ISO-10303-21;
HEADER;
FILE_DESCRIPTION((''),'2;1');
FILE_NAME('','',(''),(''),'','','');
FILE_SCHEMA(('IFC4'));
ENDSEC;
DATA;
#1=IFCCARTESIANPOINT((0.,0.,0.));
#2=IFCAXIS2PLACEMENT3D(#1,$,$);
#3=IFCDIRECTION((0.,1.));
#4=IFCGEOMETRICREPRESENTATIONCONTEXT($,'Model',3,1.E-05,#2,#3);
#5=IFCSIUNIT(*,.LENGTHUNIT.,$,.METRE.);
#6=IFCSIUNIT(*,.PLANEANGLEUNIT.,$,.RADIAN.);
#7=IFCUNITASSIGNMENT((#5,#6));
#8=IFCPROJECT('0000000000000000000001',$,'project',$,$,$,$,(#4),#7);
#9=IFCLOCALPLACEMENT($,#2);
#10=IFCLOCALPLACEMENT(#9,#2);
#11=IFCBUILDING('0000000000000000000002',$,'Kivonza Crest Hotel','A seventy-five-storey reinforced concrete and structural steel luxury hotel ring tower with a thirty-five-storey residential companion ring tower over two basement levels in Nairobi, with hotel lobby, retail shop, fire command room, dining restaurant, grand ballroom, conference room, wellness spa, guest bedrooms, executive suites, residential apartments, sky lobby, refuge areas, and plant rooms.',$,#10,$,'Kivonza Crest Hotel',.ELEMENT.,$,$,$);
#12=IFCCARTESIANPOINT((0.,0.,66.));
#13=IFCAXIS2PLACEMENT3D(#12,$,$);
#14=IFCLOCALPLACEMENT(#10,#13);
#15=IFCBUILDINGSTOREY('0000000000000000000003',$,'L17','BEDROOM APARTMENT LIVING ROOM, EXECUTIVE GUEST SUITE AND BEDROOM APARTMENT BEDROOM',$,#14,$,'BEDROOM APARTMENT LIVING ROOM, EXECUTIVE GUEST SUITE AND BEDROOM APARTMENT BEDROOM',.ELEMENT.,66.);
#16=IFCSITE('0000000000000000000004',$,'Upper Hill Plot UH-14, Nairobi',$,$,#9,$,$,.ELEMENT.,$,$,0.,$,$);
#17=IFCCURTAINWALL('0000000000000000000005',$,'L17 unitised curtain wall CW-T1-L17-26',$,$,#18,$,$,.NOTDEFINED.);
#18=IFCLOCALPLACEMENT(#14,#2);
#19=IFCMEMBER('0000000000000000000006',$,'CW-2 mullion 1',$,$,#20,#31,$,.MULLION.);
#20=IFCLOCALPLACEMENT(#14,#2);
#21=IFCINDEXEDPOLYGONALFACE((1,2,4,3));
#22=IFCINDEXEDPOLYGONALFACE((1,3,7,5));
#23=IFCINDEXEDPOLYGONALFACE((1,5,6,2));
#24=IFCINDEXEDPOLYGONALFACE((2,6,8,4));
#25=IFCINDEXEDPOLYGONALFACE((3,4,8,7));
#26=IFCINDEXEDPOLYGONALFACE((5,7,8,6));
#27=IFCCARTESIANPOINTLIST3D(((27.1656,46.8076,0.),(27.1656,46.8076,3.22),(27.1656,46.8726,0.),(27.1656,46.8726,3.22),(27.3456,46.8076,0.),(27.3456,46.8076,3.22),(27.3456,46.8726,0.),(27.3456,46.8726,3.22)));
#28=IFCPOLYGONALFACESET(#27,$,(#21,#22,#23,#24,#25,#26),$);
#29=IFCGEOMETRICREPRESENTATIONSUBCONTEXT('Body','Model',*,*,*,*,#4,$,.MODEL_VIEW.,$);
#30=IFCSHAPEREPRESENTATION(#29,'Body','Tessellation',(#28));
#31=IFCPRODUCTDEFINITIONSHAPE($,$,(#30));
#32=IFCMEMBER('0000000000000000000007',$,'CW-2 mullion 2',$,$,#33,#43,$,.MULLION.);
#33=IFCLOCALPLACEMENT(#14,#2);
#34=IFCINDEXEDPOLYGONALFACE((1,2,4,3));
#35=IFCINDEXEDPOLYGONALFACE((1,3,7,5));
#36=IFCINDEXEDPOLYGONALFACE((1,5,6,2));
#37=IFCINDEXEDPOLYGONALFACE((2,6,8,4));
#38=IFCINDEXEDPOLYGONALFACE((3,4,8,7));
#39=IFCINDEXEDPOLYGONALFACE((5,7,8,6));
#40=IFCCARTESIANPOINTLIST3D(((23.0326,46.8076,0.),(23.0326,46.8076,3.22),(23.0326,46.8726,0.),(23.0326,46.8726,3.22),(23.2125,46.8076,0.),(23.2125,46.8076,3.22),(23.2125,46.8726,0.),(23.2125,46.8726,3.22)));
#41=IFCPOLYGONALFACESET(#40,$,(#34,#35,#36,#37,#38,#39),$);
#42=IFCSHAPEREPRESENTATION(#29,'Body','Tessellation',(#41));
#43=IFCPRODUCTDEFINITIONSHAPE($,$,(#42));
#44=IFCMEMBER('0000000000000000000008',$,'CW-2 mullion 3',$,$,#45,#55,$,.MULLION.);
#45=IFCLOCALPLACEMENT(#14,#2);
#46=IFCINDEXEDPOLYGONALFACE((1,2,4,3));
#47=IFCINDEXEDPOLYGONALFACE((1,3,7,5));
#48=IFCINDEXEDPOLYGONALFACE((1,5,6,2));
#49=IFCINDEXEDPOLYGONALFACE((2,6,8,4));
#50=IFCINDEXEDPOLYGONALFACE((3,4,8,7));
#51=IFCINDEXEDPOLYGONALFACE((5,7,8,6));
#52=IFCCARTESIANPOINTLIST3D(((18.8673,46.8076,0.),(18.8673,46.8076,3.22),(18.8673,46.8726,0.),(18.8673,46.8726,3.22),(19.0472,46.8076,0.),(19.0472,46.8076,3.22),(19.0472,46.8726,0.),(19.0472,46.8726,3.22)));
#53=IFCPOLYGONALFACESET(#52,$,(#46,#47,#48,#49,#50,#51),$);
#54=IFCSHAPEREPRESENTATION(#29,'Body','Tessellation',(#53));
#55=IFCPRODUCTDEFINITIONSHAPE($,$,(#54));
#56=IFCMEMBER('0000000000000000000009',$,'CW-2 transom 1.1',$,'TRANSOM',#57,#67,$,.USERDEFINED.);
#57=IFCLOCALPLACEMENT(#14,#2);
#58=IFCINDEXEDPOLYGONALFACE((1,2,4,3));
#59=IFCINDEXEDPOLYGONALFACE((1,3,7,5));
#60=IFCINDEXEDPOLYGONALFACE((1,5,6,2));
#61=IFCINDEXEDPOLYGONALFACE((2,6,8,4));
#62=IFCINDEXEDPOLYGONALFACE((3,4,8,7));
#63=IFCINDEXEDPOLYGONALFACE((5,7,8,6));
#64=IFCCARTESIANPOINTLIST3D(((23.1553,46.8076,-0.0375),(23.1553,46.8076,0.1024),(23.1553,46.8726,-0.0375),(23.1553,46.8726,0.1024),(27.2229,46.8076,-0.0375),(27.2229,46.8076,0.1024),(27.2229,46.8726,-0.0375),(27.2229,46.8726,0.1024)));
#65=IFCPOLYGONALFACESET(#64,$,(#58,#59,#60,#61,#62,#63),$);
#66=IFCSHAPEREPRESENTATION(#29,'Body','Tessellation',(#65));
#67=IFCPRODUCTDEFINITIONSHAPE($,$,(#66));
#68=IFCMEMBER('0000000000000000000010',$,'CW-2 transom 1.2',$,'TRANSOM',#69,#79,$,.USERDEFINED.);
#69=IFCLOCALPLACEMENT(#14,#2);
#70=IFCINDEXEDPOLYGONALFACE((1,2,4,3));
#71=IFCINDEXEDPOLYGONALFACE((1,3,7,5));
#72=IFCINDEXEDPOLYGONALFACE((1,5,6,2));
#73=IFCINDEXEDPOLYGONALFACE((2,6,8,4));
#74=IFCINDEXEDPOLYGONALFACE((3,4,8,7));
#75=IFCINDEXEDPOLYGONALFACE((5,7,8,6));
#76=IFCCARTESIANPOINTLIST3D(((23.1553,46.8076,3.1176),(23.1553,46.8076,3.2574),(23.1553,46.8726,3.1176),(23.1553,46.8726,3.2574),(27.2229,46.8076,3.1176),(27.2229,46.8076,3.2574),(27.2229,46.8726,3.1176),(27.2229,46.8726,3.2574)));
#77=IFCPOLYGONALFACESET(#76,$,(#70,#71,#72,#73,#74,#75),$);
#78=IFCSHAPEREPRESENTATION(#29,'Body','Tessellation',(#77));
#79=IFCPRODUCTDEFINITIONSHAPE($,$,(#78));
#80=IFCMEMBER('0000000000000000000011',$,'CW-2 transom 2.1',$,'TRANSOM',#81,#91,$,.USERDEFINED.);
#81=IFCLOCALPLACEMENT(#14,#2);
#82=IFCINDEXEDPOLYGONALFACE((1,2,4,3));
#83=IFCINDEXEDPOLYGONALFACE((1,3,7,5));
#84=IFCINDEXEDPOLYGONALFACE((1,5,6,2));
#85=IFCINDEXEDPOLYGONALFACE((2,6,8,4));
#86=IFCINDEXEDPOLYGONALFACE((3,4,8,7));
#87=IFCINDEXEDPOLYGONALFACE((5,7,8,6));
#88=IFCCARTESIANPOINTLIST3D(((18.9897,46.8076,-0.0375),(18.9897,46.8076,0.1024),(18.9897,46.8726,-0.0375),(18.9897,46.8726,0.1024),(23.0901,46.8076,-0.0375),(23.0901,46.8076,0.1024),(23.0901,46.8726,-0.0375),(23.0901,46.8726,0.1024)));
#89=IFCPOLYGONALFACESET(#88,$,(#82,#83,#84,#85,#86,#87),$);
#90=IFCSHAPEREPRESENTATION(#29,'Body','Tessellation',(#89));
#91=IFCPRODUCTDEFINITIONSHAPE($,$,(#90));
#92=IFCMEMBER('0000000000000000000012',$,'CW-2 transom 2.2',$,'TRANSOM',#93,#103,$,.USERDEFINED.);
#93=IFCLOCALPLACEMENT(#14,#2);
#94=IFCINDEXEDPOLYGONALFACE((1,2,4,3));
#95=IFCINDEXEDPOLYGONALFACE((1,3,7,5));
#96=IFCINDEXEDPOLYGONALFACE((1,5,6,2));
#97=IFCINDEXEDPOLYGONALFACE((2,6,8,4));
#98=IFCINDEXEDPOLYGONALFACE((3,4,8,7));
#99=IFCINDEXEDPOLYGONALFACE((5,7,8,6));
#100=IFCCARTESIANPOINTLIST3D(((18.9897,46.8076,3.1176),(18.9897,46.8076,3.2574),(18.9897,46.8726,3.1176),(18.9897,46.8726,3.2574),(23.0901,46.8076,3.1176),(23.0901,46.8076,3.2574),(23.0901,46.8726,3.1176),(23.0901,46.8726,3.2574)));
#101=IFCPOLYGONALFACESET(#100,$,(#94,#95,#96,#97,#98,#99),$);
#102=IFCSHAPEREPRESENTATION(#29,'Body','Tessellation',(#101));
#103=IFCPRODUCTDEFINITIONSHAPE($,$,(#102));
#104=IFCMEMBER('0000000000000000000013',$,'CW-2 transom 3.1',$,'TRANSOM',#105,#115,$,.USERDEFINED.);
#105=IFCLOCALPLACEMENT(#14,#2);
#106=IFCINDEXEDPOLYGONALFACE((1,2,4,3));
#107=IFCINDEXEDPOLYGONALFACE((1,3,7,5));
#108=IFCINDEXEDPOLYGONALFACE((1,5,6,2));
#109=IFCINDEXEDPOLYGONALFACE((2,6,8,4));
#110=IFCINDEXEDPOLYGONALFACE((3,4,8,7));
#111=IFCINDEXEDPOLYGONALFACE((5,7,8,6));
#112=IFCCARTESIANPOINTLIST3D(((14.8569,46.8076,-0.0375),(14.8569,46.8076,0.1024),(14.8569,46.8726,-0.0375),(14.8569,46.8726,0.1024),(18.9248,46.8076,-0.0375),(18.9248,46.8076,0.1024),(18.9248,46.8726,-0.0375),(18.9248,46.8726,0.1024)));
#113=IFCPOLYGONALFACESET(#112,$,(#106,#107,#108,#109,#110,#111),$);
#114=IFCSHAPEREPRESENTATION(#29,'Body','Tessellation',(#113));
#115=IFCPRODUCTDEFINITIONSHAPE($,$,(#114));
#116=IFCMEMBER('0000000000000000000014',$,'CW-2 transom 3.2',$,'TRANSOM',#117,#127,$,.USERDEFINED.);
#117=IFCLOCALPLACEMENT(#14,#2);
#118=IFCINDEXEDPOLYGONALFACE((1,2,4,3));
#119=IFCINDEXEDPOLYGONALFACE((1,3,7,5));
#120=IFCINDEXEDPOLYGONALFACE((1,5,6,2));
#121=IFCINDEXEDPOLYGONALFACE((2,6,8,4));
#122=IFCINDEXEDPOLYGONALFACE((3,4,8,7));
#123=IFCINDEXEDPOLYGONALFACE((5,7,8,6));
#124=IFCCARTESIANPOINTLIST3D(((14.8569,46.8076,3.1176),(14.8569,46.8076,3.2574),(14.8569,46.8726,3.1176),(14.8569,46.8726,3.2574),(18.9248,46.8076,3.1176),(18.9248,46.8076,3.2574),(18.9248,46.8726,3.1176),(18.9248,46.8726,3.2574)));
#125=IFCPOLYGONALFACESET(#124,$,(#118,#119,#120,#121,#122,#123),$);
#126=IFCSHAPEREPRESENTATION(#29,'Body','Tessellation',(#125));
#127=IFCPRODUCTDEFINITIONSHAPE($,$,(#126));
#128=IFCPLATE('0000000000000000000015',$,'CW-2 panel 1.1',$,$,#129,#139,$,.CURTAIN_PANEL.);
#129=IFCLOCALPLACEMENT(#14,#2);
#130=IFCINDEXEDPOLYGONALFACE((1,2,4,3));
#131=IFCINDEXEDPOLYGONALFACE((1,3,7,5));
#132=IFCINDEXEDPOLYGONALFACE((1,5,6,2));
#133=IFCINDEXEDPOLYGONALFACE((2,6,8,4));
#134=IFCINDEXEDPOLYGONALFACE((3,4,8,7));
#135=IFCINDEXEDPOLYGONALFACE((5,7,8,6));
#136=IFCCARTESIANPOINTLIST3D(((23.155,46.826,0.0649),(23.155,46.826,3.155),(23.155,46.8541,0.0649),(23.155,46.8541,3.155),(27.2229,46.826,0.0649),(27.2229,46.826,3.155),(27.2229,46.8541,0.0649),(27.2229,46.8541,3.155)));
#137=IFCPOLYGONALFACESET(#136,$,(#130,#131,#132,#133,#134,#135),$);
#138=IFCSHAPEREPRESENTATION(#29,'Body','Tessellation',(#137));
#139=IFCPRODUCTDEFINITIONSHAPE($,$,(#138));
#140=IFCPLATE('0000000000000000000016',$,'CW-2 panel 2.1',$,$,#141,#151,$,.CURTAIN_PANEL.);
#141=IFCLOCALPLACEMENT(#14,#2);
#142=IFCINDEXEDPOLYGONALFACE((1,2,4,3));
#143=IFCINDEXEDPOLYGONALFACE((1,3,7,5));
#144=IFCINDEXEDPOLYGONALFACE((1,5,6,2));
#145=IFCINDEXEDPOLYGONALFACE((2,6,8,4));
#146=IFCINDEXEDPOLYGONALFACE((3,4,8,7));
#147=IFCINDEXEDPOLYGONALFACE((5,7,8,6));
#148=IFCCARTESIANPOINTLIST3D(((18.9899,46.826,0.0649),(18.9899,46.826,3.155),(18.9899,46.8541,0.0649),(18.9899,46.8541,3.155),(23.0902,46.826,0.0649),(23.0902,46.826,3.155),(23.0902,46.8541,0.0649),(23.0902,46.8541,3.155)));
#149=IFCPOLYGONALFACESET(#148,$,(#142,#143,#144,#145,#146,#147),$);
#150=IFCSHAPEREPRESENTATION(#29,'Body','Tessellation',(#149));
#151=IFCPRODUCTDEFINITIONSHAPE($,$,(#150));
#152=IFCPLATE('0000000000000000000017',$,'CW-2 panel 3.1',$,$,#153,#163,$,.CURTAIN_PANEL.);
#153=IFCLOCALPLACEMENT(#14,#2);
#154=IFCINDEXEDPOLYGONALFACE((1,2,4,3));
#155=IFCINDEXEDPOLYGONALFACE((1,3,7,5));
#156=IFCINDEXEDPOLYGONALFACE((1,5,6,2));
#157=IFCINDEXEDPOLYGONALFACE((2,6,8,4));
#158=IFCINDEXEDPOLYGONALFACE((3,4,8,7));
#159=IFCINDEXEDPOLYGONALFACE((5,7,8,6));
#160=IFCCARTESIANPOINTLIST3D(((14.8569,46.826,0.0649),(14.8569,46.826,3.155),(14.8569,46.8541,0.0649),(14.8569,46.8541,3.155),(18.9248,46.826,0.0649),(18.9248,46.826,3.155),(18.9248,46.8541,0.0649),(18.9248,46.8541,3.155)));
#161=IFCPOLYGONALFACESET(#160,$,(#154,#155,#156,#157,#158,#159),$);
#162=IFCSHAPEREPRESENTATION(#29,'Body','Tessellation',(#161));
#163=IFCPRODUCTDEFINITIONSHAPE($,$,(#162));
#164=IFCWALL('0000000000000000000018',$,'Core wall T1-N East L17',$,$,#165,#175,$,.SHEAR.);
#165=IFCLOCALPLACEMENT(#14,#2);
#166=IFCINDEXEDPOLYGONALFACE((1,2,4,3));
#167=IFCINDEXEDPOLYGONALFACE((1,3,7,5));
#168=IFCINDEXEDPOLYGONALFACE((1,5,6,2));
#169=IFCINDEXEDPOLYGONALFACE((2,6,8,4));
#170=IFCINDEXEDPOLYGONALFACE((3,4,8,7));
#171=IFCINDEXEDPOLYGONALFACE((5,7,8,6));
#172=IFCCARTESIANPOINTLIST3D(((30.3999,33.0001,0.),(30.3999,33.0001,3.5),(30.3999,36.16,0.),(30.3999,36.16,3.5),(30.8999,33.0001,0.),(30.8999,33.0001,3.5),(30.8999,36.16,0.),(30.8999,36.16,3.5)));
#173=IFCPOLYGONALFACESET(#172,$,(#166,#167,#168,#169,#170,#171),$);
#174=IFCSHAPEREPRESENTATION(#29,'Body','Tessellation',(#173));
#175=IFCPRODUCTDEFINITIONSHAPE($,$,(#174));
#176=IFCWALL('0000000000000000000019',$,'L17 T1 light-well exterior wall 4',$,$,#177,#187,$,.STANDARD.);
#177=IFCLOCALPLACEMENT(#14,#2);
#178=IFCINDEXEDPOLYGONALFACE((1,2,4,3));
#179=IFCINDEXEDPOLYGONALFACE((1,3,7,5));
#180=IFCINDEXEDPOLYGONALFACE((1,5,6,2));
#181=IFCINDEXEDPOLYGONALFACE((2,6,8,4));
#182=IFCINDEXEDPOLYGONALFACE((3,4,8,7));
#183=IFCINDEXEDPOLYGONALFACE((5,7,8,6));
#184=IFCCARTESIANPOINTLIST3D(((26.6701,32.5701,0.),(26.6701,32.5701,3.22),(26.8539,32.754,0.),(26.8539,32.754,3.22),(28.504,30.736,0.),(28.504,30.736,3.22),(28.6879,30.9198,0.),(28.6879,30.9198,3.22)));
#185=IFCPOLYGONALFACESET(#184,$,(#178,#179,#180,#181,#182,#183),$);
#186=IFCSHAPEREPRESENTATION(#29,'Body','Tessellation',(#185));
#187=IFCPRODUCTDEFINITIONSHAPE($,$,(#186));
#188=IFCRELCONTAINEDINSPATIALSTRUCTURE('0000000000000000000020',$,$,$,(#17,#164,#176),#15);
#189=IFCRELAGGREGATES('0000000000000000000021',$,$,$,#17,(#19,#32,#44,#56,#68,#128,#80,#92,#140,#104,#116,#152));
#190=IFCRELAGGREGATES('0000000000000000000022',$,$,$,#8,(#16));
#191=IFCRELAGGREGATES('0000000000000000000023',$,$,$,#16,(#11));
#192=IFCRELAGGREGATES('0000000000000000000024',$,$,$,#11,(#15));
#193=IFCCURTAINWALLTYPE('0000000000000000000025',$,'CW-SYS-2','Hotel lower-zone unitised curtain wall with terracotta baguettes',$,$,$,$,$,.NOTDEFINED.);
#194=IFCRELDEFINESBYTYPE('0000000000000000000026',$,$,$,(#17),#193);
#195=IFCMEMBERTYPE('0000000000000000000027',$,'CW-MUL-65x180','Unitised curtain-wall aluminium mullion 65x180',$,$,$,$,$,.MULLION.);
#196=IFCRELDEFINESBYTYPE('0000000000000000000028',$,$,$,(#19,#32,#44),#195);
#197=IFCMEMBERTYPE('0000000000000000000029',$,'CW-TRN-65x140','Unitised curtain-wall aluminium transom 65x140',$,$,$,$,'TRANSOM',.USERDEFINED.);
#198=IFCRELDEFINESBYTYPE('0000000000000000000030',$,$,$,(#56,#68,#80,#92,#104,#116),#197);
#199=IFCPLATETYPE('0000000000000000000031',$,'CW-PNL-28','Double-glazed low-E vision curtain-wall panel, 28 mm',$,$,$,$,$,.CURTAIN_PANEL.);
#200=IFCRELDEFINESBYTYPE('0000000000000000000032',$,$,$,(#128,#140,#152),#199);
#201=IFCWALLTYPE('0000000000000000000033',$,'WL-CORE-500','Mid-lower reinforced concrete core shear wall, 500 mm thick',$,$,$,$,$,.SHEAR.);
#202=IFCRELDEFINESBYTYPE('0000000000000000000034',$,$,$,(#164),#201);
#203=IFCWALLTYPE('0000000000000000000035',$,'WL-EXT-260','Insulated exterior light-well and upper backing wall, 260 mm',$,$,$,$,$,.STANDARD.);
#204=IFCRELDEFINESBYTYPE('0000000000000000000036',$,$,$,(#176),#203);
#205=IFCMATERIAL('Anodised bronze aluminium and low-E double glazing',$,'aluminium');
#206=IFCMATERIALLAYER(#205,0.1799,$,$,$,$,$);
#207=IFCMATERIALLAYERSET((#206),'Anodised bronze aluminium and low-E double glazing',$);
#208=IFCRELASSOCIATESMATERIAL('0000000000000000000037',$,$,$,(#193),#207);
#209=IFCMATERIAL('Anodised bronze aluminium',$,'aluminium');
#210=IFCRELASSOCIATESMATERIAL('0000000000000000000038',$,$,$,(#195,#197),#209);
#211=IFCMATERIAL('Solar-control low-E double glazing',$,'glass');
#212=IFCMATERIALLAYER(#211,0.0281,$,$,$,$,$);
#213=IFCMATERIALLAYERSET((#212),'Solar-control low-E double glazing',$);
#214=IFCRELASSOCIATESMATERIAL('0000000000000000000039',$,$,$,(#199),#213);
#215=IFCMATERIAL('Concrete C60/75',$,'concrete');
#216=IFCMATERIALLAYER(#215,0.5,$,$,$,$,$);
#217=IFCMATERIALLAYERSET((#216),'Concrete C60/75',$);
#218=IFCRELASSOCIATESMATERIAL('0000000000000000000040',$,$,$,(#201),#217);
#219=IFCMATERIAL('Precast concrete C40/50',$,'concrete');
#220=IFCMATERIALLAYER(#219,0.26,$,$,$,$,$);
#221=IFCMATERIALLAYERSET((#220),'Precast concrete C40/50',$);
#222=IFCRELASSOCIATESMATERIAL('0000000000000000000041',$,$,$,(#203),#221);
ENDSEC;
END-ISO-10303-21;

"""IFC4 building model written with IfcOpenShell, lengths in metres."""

from ifc_helpers import new_model, si_unit, direction, frame, frame_2d, origin, origin_2d, place, context, subcontext, project, spatial, rectangle, extrude, material, layer, layer_set, material_profile, profile_set, type_object, element, aggregate, save


model = new_model("IFC4")

# Units and contexts
model_context = context("Model", 3, precision=1e-05, world=origin(), true_north=direction((0.0, 1.0)))
body_context = subcontext(model_context, "Body", "Model", "MODEL_VIEW")
ifc_project = project(units=[si_unit("LENGTHUNIT", "METRE"), si_unit("PLANEANGLEUNIT", "RADIAN")], contexts=[model_context])

# Site, building, storey
site_placement = place(None, origin())
site = spatial("IfcSite", under=ifc_project, at=site_placement, Name="Upper Hill Plot UH-14, Nairobi", CompositionType="ELEMENT", RefElevation=0.0)
building_placement = place(site_placement, origin())
building = spatial("IfcBuilding", under=site, at=building_placement, Name="Kivonza Crest Hotel", Description="A seventy-five-storey reinforced concrete and structural steel luxury hotel ring tower with a thirty-five-storey residential companion ring tower over two basement levels in Nairobi, with hotel lobby, retail shop, fire command room, dining restaurant, grand ballroom, conference room, wellness spa, guest bedrooms, executive suites, residential apartments, sky lobby, refuge areas, and plant rooms.", LongName="Kivonza Crest Hotel", CompositionType="ELEMENT")
storey_placement = place(building_placement, frame((0.0, 0.0, 66.0)))
storey = spatial("IfcBuildingStorey", under=building, at=storey_placement, Name="L17", Description="BEDROOM APARTMENT LIVING ROOM, EXECUTIVE GUEST SUITE AND BEDROOM APARTMENT BEDROOM", LongName="BEDROOM APARTMENT LIVING ROOM, EXECUTIVE GUEST SUITE AND BEDROOM APARTMENT BEDROOM", CompositionType="ELEMENT", Elevation=66.0)

# Shared definitions
ifc_material_1 = material(Name="Concrete C60/75", Category="concrete")

# Curtain wall, members, plates
ifc_material_2 = material(Name="Anodised bronze aluminium and low-E double glazing", Category="aluminium")
ifc_layer_1 = layer(ifc_material_2, 0.1799)
ifc_layer_set_1 = layer_set([ifc_layer_1], Name="Anodised bronze aluminium and low-E double glazing")
curtain_wall_type = type_object("IfcCurtainWallType", Name="CW-SYS-2", Description="Hotel lower-zone unitised curtain wall with terracotta baguettes", PredefinedType="NOTDEFINED", material=ifc_layer_set_1)
curtain_wall_placement = place(storey_placement, origin())
curtain_wall = element("IfcCurtainWall", 1, at=curtain_wall_placement, inside=storey, type_object=curtain_wall_type, Name="L17 unitised curtain wall CW-T1-L17-26", PredefinedType="NOTDEFINED")
ifc_material_3 = material(Name="Anodised bronze aluminium", Category="aluminium")
ifc_material_profile_1 = material_profile(ifc_material_3, rectangle(XDim=0.0649, YDim=0.1799, at=origin_2d()), Name="CW-M 65x180")
ifc_profile_set_1 = profile_set([ifc_material_profile_1], Name="Anodised bronze aluminium")
member_type_1 = type_object("IfcMemberType", Name="CW-MUL-65x180", Description="Unitised curtain-wall aluminium mullion 65x180", PredefinedType="MULLION", material=ifc_profile_set_1)
member_1_placement = place(storey_placement, frame((27.2556, 46.8401, 0.0), z_axis=(0.0, 0.0, 1.0), x_axis=(0.0, -1.0, 0.0)))
member_1 = element("IfcMember", 2, at=member_1_placement, type_object=member_type_1, Name="CW-2 mullion 1", PredefinedType="MULLION", context=body_context, shape_type="SweptSolid", body=[
    extrude(rectangle(XDim=0.0649, YDim=0.1799, at=origin_2d()), origin(), (0.0, 0.0, 1.0), 3.22),
])
member_2_placement = place(storey_placement, frame((23.1226, 46.8401, 0.0), z_axis=(0.0, 0.0, 1.0), x_axis=(0.0, -1.0, 0.0)))
member_2 = element("IfcMember", 3, at=member_2_placement, type_object=member_type_1, Name="CW-2 mullion 2", PredefinedType="MULLION", context=body_context, shape_type="SweptSolid", body=[
    extrude(rectangle(XDim=0.0649, YDim=0.1799, at=origin_2d()), origin(), (0.0, 0.0, 1.0), 3.22),
])
member_3_placement = place(storey_placement, frame((18.9573, 46.8401, 0.0), z_axis=(0.0, 0.0, 1.0), x_axis=(0.0, -1.0, 0.0)))
member_3 = element("IfcMember", 4, at=member_3_placement, type_object=member_type_1, Name="CW-2 mullion 3", PredefinedType="MULLION", context=body_context, shape_type="SweptSolid", body=[
    extrude(rectangle(XDim=0.0649, YDim=0.1799, at=origin_2d()), origin(), (0.0, 0.0, 1.0), 3.22),
])
ifc_material_profile_2 = material_profile(ifc_material_3, rectangle(XDim=0.0649, YDim=0.1399, at=origin_2d()), Name="CW-T 65x140")
ifc_profile_set_2 = profile_set([ifc_material_profile_2], Name="Anodised bronze aluminium")
member_type_2 = type_object("IfcMemberType", Name="CW-TRN-65x140", Description="Unitised curtain-wall aluminium transom 65x140", ElementType="TRANSOM", PredefinedType="USERDEFINED", material=ifc_profile_set_2)
member_4_placement = place(storey_placement, frame((27.2229, 46.8401, 0.0325), z_axis=(-1.0, 0.0, 0.0), x_axis=(0.0, -1.0, 0.0)))
member_4 = element("IfcMember", 5, at=member_4_placement, type_object=member_type_2, Name="CW-2 transom 1.1", ObjectType="TRANSOM", PredefinedType="USERDEFINED", context=body_context, shape_type="SweptSolid", body=[
    extrude(rectangle(XDim=0.0649, YDim=0.1399, at=origin_2d()), origin(), (0.0, 0.0, 1.0), 4.0676),
])
member_5_placement = place(storey_placement, frame((27.2229, 46.8401, 3.1875), z_axis=(-1.0, 0.0, 0.0), x_axis=(0.0, -1.0, 0.0)))
member_5 = element("IfcMember", 6, at=member_5_placement, type_object=member_type_2, Name="CW-2 transom 1.2", ObjectType="TRANSOM", PredefinedType="USERDEFINED", context=body_context, shape_type="SweptSolid", body=[
    extrude(rectangle(XDim=0.0649, YDim=0.1399, at=origin_2d()), origin(), (0.0, 0.0, 1.0), 4.0676),
])
member_6_placement = place(storey_placement, frame((23.0901, 46.8401, 0.0325), z_axis=(-1.0, 0.0, 0.0), x_axis=(0.0, -1.0, 0.0)))
member_6 = element("IfcMember", 7, at=member_6_placement, type_object=member_type_2, Name="CW-2 transom 2.1", ObjectType="TRANSOM", PredefinedType="USERDEFINED", context=body_context, shape_type="SweptSolid", body=[
    extrude(rectangle(XDim=0.0649, YDim=0.1399, at=origin_2d()), origin(), (0.0, 0.0, 1.0), 4.1003),
])
member_7_placement = place(storey_placement, frame((23.0901, 46.8401, 3.1875), z_axis=(-1.0, 0.0, 0.0), x_axis=(0.0, -1.0, 0.0)))
member_7 = element("IfcMember", 8, at=member_7_placement, type_object=member_type_2, Name="CW-2 transom 2.2", ObjectType="TRANSOM", PredefinedType="USERDEFINED", context=body_context, shape_type="SweptSolid", body=[
    extrude(rectangle(XDim=0.0649, YDim=0.1399, at=origin_2d()), origin(), (0.0, 0.0, 1.0), 4.1003),
])
member_8_placement = place(storey_placement, frame((18.9248, 46.8401, 0.0325), z_axis=(-1.0, 0.0, 0.0), x_axis=(0.0, -1.0, 0.0)))
member_8 = element("IfcMember", 9, at=member_8_placement, type_object=member_type_2, Name="CW-2 transom 3.1", ObjectType="TRANSOM", PredefinedType="USERDEFINED", context=body_context, shape_type="SweptSolid", body=[
    extrude(rectangle(XDim=0.0649, YDim=0.1399, at=origin_2d()), origin(), (0.0, 0.0, 1.0), 4.0679),
])
member_9_placement = place(storey_placement, frame((18.9248, 46.8401, 3.1875), z_axis=(-1.0, 0.0, 0.0), x_axis=(0.0, -1.0, 0.0)))
member_9 = element("IfcMember", 10, at=member_9_placement, type_object=member_type_2, Name="CW-2 transom 3.2", ObjectType="TRANSOM", PredefinedType="USERDEFINED", context=body_context, shape_type="SweptSolid", body=[
    extrude(rectangle(XDim=0.0649, YDim=0.1399, at=origin_2d()), origin(), (0.0, 0.0, 1.0), 4.0679),
])
ifc_material_4 = material(Name="Solar-control low-E double glazing", Category="glass")
ifc_layer_2 = layer(ifc_material_4, 0.0281)
ifc_layer_set_2 = layer_set([ifc_layer_2], Name="Solar-control low-E double glazing")
plate_type = type_object("IfcPlateType", Name="CW-PNL-28", Description="Double-glazed low-E vision curtain-wall panel, 28 mm", PredefinedType="CURTAIN_PANEL", material=ifc_layer_set_2)
plate_1_placement = place(storey_placement, frame((25.189, 46.8401, 0.0649), z_axis=(0.0, 0.0, 1.0), x_axis=(-1.0, 0.0, 0.0)))
plate_1 = element("IfcPlate", 11, at=plate_1_placement, type_object=plate_type, Name="CW-2 panel 1.1", PredefinedType="CURTAIN_PANEL", context=body_context, shape_type="SweptSolid", body=[
    extrude(rectangle(XDim=4.0679, YDim=0.0281, at=origin_2d()), origin(), (0.0, 0.0, 1.0), 3.0901),
])
plate_2_placement = place(storey_placement, frame((21.04, 46.8401, 0.0649), z_axis=(0.0, 0.0, 1.0), x_axis=(-1.0, 0.0, 0.0)))
plate_2 = element("IfcPlate", 12, at=plate_2_placement, type_object=plate_type, Name="CW-2 panel 2.1", PredefinedType="CURTAIN_PANEL", context=body_context, shape_type="SweptSolid", body=[
    extrude(rectangle(XDim=4.1003, YDim=0.0281, at=origin_2d()), origin(), (0.0, 0.0, 1.0), 3.0901),
])
plate_3_placement = place(storey_placement, frame((16.8909, 46.8401, 0.0649), z_axis=(0.0, 0.0, 1.0), x_axis=(-1.0, 0.0, 0.0)))
plate_3 = element("IfcPlate", 13, at=plate_3_placement, type_object=plate_type, Name="CW-2 panel 3.1", PredefinedType="CURTAIN_PANEL", context=body_context, shape_type="SweptSolid", body=[
    extrude(rectangle(XDim=4.0679, YDim=0.0281, at=origin_2d()), origin(), (0.0, 0.0, 1.0), 3.0901),
])
aggregate(curtain_wall, [member_1, member_2, member_3, member_4, member_5, plate_1, member_6, member_7, plate_2, member_8, member_9, plate_3])

# Walls
ifc_layer_3 = layer(ifc_material_1, 0.5)
ifc_layer_set_3 = layer_set([ifc_layer_3], Name="Concrete C60/75")
wall_type_1 = type_object("IfcWallType", Name="WL-CORE-500", Description="Mid-lower reinforced concrete core shear wall, 500 mm thick", PredefinedType="SHEAR", material=ifc_layer_set_3)
wall_1_placement = place(storey_placement, frame((30.6499, 33.0, 0.0), z_axis=(0.0, 0.0, 1.0), x_axis=(0.0, 1.0, 0.0)))
element("IfcWall", 14, at=wall_1_placement, inside=storey, type_object=wall_type_1, Name="Core wall T1-N East L17", PredefinedType="SHEAR", context=body_context, shape_type="SweptSolid", body=[
    extrude(rectangle(XDim=3.1599, YDim=0.5, at=frame_2d((1.5801, 0.0))), origin(), (0.0, 0.0, 1.0), 3.5),
])
ifc_material_5 = material(Name="Precast concrete C40/50", Category="concrete")
ifc_layer_4 = layer(ifc_material_5, 0.26)
ifc_layer_set_4 = layer_set([ifc_layer_4], Name="Precast concrete C40/50")
wall_type_2 = type_object("IfcWallType", Name="WL-EXT-260", Description="Insulated exterior light-well and upper backing wall, 260 mm", PredefinedType="STANDARD", material=ifc_layer_set_4)
wall_2_placement = place(storey_placement, frame((28.5959, 30.8279, 0.0), z_axis=(0.0, 0.0, 1.0), x_axis=(-0.70706, 0.707154, 0.0)))
element("IfcWall", 15, at=wall_2_placement, inside=storey, type_object=wall_type_2, Name="L17 T1 light-well exterior wall 4", PredefinedType="STANDARD", context=body_context, shape_type="SweptSolid", body=[
    extrude(rectangle(XDim=2.5938, YDim=0.26, at=frame_2d((1.2969, 0.0))), origin(), (0.0, 0.0, 1.0), 3.22),
])

save(model, "model.ifc")
